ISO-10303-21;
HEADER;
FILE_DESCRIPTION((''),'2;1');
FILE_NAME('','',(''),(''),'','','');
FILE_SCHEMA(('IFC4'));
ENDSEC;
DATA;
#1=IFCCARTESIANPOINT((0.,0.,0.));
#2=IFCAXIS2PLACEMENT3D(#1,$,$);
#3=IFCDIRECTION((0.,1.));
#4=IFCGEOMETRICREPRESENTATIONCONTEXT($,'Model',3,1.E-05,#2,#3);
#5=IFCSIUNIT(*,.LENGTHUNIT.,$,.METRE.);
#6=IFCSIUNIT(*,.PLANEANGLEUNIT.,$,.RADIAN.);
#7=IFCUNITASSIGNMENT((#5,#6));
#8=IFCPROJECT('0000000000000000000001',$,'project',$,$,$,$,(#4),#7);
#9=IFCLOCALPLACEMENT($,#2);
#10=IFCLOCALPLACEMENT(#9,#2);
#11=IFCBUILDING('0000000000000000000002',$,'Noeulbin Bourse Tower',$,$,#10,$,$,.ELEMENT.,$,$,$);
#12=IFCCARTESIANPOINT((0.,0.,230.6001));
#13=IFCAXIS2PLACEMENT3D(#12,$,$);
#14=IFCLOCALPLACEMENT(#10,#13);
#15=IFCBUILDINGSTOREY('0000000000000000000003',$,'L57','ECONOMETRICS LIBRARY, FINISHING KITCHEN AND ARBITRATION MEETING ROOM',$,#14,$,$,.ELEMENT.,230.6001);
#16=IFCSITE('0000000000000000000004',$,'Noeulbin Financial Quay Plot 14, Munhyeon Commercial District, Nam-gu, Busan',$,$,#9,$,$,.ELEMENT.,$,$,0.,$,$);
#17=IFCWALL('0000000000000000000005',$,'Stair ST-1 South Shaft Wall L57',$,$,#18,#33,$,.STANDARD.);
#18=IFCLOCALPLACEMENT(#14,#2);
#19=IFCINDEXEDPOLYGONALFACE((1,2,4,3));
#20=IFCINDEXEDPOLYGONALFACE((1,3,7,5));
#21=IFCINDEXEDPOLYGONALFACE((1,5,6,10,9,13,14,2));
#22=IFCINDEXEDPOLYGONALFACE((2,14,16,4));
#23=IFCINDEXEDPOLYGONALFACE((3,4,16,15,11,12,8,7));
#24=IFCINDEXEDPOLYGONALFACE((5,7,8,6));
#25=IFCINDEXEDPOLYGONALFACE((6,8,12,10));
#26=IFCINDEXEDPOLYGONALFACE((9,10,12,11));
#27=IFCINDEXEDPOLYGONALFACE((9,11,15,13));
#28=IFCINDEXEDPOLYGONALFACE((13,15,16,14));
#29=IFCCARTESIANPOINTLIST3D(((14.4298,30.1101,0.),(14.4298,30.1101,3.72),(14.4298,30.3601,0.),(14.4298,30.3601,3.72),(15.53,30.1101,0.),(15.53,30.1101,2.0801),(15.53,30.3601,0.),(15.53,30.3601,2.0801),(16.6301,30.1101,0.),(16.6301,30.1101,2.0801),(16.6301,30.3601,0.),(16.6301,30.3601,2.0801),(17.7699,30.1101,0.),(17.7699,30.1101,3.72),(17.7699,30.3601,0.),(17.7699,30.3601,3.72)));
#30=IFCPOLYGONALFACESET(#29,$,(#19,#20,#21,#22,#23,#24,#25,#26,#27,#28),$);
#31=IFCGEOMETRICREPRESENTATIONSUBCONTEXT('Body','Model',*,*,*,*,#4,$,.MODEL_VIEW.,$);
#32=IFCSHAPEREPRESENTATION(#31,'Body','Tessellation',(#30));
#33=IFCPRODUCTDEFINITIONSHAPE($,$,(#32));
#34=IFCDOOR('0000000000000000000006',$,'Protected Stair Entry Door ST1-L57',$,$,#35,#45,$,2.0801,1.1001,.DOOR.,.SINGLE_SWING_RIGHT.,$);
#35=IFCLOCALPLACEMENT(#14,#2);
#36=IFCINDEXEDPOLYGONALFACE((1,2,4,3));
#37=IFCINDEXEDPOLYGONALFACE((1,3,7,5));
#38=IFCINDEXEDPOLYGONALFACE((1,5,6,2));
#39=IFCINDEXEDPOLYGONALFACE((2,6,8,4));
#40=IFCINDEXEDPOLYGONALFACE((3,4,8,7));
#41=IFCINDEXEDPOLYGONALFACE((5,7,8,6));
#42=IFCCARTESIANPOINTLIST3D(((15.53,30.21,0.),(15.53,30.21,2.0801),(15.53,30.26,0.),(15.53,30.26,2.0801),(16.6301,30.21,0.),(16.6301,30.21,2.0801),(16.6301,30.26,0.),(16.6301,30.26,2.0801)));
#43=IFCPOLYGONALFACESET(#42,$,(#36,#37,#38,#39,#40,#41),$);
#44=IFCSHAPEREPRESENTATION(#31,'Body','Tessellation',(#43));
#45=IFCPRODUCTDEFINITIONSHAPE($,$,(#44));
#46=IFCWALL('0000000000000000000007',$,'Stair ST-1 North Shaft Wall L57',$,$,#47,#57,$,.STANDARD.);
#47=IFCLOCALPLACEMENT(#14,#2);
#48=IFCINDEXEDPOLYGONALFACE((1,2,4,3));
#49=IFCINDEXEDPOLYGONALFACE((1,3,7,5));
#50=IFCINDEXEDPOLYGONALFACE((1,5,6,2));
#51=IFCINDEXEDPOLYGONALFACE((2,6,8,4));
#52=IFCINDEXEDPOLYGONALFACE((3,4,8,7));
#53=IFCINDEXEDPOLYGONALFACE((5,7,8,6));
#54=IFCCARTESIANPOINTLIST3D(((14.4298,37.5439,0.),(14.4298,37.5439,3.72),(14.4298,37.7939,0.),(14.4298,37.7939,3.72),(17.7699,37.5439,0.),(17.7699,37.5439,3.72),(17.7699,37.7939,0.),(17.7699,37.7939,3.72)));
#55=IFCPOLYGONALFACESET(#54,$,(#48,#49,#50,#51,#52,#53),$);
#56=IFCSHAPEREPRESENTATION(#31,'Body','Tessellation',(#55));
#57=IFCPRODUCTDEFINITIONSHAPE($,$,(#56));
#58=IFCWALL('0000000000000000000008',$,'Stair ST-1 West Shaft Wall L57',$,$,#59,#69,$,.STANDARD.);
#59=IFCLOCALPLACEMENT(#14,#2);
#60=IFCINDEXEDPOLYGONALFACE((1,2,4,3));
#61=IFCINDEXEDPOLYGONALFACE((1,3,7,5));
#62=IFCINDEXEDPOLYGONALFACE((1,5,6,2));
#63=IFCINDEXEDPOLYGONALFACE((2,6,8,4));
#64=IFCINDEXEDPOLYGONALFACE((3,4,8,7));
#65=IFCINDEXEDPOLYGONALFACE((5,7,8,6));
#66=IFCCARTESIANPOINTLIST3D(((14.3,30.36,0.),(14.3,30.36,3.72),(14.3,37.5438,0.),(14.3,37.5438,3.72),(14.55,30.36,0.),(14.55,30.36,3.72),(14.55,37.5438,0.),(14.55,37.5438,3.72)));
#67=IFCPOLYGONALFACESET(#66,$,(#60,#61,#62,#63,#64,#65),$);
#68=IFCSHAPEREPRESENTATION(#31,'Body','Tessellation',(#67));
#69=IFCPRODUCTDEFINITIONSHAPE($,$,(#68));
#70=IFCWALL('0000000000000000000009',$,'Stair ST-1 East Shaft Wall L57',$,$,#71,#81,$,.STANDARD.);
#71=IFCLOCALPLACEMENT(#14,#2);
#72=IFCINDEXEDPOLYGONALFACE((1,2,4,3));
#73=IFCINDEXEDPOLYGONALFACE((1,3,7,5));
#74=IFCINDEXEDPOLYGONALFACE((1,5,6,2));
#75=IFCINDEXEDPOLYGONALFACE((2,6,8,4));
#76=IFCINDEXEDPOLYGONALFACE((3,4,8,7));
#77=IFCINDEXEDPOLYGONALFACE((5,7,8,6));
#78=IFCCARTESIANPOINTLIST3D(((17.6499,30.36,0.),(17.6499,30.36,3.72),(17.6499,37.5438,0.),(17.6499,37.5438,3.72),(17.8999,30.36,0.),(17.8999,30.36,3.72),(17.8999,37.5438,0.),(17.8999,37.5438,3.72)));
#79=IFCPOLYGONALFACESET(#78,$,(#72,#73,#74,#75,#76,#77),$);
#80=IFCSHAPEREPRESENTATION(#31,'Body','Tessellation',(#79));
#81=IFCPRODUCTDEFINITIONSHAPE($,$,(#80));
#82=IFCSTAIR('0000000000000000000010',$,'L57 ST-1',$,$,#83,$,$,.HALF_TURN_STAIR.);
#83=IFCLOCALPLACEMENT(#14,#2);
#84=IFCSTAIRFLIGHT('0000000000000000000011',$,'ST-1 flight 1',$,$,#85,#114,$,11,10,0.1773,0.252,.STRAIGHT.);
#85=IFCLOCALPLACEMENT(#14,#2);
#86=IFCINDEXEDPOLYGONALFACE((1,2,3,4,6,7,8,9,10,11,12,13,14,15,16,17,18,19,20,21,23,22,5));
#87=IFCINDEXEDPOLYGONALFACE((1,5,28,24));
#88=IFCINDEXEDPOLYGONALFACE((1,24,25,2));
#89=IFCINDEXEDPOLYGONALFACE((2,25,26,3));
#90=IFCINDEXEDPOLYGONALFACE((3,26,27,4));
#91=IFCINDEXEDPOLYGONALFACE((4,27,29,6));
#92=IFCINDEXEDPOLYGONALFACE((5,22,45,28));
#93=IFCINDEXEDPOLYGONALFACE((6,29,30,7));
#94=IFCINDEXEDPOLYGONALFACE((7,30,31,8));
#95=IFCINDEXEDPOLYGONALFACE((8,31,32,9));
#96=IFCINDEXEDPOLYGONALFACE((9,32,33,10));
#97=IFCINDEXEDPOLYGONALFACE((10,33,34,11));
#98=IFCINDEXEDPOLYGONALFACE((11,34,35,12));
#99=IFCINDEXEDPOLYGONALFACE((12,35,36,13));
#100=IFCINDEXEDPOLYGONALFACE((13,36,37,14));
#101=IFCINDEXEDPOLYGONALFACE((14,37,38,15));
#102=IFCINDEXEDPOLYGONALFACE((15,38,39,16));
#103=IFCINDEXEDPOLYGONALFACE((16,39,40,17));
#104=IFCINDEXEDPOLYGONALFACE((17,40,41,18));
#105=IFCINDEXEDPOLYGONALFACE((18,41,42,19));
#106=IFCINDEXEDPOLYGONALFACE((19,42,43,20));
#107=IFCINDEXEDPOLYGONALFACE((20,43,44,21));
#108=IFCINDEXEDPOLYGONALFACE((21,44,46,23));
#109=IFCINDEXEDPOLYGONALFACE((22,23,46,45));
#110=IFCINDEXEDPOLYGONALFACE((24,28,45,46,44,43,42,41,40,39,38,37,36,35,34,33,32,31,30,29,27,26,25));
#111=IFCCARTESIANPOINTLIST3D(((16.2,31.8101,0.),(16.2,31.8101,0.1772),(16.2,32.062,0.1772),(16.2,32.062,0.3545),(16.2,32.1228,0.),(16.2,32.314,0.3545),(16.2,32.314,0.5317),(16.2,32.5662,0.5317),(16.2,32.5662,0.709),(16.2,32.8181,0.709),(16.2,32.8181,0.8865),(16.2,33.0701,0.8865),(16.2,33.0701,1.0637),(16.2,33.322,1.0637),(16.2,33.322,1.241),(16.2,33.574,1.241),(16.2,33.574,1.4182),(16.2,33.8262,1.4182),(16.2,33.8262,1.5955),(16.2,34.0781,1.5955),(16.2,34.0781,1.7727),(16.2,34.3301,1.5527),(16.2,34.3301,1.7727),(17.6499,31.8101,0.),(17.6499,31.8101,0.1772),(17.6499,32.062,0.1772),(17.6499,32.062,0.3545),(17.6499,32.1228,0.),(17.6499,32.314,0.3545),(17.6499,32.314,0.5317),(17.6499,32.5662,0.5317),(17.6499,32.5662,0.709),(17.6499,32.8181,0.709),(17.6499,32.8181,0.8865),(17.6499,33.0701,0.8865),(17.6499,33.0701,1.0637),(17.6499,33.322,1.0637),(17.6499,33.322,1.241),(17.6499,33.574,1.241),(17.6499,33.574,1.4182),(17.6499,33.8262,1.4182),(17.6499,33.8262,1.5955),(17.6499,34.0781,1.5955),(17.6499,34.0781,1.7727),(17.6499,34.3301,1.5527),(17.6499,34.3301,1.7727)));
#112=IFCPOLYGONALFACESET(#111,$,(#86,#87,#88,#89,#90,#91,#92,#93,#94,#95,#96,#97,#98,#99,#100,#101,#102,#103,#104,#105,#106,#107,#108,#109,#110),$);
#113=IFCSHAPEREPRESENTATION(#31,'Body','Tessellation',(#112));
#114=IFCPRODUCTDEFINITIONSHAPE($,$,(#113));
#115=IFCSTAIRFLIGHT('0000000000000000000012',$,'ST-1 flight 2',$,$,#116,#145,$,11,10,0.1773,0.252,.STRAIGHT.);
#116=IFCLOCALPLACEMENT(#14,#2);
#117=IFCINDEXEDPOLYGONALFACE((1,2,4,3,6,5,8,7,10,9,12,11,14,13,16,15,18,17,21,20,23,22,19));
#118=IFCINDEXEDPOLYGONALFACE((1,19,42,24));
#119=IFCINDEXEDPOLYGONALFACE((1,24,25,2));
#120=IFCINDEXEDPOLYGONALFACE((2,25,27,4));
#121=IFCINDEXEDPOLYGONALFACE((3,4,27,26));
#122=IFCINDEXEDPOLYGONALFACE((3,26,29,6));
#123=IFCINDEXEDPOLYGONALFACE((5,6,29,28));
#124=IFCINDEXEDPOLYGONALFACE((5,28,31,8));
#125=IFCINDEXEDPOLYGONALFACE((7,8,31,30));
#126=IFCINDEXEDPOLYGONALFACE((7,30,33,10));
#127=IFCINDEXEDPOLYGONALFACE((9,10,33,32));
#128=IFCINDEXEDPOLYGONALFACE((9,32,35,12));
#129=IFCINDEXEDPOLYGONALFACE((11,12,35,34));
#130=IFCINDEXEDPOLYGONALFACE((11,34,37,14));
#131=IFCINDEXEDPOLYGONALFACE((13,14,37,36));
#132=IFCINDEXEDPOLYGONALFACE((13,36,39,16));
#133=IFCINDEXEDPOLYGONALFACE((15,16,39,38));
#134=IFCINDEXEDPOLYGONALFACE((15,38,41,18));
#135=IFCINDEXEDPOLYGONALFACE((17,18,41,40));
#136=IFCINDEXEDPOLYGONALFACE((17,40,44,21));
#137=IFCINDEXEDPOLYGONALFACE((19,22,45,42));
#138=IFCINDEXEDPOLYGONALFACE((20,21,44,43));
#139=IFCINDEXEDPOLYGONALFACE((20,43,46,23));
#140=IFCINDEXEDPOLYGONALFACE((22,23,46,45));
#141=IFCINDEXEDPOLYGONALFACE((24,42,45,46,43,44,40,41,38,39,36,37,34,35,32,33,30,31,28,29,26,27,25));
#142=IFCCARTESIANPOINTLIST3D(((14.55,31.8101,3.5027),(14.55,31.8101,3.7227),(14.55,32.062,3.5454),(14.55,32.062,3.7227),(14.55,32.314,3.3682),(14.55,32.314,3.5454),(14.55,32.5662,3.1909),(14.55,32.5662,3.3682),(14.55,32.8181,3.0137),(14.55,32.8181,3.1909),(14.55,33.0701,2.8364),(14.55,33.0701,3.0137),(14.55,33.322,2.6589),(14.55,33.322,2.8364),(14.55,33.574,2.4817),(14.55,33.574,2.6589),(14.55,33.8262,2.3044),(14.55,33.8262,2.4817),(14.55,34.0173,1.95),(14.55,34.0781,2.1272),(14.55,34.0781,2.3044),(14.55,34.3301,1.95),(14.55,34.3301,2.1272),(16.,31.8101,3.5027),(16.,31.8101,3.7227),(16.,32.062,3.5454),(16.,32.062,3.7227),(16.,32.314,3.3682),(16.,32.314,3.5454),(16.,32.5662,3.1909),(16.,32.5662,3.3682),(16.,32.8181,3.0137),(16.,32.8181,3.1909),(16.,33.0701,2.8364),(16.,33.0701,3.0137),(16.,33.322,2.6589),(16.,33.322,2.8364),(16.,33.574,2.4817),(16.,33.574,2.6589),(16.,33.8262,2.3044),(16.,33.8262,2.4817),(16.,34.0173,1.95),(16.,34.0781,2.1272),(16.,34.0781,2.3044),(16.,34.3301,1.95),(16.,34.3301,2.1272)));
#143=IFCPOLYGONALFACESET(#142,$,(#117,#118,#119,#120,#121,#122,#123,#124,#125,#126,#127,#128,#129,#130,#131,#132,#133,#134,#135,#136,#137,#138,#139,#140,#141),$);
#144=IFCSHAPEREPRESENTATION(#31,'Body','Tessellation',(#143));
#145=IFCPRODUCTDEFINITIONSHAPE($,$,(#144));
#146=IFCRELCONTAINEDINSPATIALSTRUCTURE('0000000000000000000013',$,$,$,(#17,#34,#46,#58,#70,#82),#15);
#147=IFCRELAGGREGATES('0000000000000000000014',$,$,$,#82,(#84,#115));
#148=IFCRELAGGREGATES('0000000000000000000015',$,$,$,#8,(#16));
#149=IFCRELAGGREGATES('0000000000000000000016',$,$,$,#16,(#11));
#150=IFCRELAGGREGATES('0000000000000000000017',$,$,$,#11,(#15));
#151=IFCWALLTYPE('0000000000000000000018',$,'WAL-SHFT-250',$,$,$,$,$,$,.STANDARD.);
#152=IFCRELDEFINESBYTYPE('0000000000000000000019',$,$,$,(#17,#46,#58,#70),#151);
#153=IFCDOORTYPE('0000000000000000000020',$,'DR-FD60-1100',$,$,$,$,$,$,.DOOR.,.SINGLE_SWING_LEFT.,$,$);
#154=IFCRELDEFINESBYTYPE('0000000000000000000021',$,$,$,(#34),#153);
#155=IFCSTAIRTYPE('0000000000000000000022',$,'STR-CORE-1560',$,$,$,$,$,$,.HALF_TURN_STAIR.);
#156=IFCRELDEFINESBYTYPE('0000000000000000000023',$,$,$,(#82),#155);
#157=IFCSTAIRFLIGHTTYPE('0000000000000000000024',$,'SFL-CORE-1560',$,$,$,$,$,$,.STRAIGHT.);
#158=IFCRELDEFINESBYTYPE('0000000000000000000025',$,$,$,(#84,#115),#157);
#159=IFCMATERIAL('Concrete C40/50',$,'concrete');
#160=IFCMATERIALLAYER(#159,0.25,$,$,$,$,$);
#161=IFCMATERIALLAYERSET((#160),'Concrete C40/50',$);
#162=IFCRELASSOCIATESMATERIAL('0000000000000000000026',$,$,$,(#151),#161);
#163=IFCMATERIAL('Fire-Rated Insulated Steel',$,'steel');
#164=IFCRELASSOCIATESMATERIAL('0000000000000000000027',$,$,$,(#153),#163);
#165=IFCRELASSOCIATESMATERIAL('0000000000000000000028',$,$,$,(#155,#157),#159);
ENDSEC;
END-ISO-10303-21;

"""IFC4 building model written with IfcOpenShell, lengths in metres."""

from ifc_helpers import new_model, si_unit, direction, frame, frame_2d, origin, place, context, subcontext, project, spatial, polyline, rectangle, outline, extrude, material, layer, layer_set, type_object, element, fill, aggregate, save


model = new_model("IFC4")

# Units and contexts
model_context = context("Model", 3, precision=1e-05, world=origin(), true_north=direction((0.0, 1.0)))
body_context = subcontext(model_context, "Body", "Model", "MODEL_VIEW")
ifc_project = project(units=[si_unit("LENGTHUNIT", "METRE"), si_unit("PLANEANGLEUNIT", "RADIAN")], contexts=[model_context])

# Site, building, storey
site_placement = place(None, origin())
site = spatial("IfcSite", under=ifc_project, at=site_placement, Name="Noeulbin Financial Quay Plot 14, Munhyeon Commercial District, Nam-gu, Busan", CompositionType="ELEMENT", RefElevation=0.0)
building_placement = place(site_placement, origin())
building = spatial("IfcBuilding", under=site, at=building_placement, Name="Noeulbin Bourse Tower", CompositionType="ELEMENT")
storey_placement = place(building_placement, frame((0.0, 0.0, 230.6001)))
storey = spatial("IfcBuildingStorey", under=building, at=storey_placement, Name="L57", Description="ECONOMETRICS LIBRARY, FINISHING KITCHEN AND ARBITRATION MEETING ROOM", CompositionType="ELEMENT", Elevation=230.6001)

# Wall, opening, door
ifc_material_1 = material(Name="Concrete C40/50", Category="concrete")
ifc_layer_1 = layer(ifc_material_1, 0.25)
ifc_layer_set_1 = layer_set([ifc_layer_1], Name="Concrete C40/50")
wall_type_1 = type_object("IfcWallType", Name="WAL-SHFT-250", PredefinedType="STANDARD", material=ifc_layer_set_1)
wall_1_placement = place(storey_placement, frame((14.4299, 30.2351, 0.0), z_axis=(0.0, 0.0, 1.0), x_axis=(1.0, 0.0, 0.0)))
wall_1 = element("IfcWall", 1, at=wall_1_placement, inside=storey, type_object=wall_type_1, Name="Stair ST-1 South Shaft Wall L57", PredefinedType="STANDARD", context=body_context, shape_type="SweptSolid", body=[
    extrude(rectangle(XDim=3.3401, YDim=0.25, at=frame_2d((1.6699, 0.0))), origin(), (0.0, 0.0, 1.0), 3.72),
])
opening_placement = place(wall_1_placement, frame((1.1001, 0.0, 0.0)))
opening = element("IfcOpeningElement", 2, at=opening_placement, cuts=wall_1, PredefinedType="OPENING", context=body_context, shape_type="SweptSolid", body=[
    extrude(rectangle(XDim=1.1001, YDim=2.0801, at=frame_2d((0.55, 1.04))), frame((0.0, 0.135, 0.0), z_axis=(0.0, -1.0, 0.0), x_axis=(1.0, 0.0, 0.0)), (0.0, 0.0, 1.0), 0.27),
])
ifc_material_2 = material(Name="Fire-Rated Insulated Steel", Category="steel")
door_type = type_object("IfcDoorType", Name="DR-FD60-1100", OperationType="SINGLE_SWING_LEFT", PredefinedType="DOOR", material=ifc_material_2)
door_placement = place(opening_placement, origin())
door = element("IfcDoor", 3, at=door_placement, inside=storey, type_object=door_type, Name="Protected Stair Entry Door ST1-L57", OperationType="SINGLE_SWING_RIGHT", OverallHeight=2.0801, OverallWidth=1.1001, PredefinedType="DOOR", context=body_context, shape_type="SweptSolid", body=[
    extrude(rectangle(XDim=1.1001, YDim=2.0801, at=frame_2d((0.55, 1.04))), frame((0.0, 0.0249, 0.0), z_axis=(0.0, -1.0, 0.0), x_axis=(1.0, 0.0, 0.0)), (0.0, 0.0, 1.0), 0.05),
])
fill(opening, door)

# Walls
wall_2_placement = place(storey_placement, frame((14.4299, 37.6689, 0.0), z_axis=(0.0, 0.0, 1.0), x_axis=(1.0, 0.0, 0.0)))
element("IfcWall", 4, at=wall_2_placement, inside=storey, type_object=wall_type_1, Name="Stair ST-1 North Shaft Wall L57", PredefinedType="STANDARD", context=body_context, shape_type="SweptSolid", body=[
    extrude(rectangle(XDim=3.3401, YDim=0.25, at=frame_2d((1.6699, 0.0))), origin(), (0.0, 0.0, 1.0), 3.72),
])
for number, where, z_axis, x_axis, name in (
    (5, (14.425, 30.3601, 0.0), (0.0, 0.0, 1.0), (0.0, 1.0, 0.0), "Stair ST-1 West Shaft Wall L57"),
    (6, (17.7749, 30.3601, 0.0), (0.0, 0.0, 1.0), (0.0, 1.0, 0.0), "Stair ST-1 East Shaft Wall L57"),
):
    element("IfcWall", number, at=place(storey_placement, frame(where, z_axis=z_axis, x_axis=x_axis)), inside=storey, type_object=wall_type_1, Name=name, PredefinedType="STANDARD", context=body_context, shape_type="SweptSolid", body=[
        extrude(rectangle(XDim=7.1838, YDim=0.25, at=frame_2d((3.5918, 0.0))), origin(), (0.0, 0.0, 1.0), 3.72),
    ])

# Stair, stair flights
stair_type = type_object("IfcStairType", Name="STR-CORE-1560", PredefinedType="HALF_TURN_STAIR", material=ifc_material_1)
stair_placement = place(storey_placement, origin())
stair = element("IfcStair", 7, at=stair_placement, inside=storey, type_object=stair_type, Name="L57 ST-1", PredefinedType="HALF_TURN_STAIR")
stair_flight_type = type_object("IfcStairFlightType", Name="SFL-CORE-1560", PredefinedType="STRAIGHT", material=ifc_material_1)
stair_flight_1_placement = place(storey_placement, frame((16.925, 31.8101, 0.0), z_axis=(0.0, 0.0, 1.0), x_axis=(0.0, 1.0, 0.0)))
stair_flight_1 = element("IfcStairFlight", 8, at=stair_flight_1_placement, type_object=stair_flight_type, Name="ST-1 flight 1", NumberOfRisers=11, NumberOfTreads=10, PredefinedType="STRAIGHT", RiserHeight=0.1773, TreadLength=0.252, context=body_context, shape_type="SweptSolid", body=[
    extrude(outline(polyline([(0.0, 0.0), (0.0, 0.1772), (0.252, 0.1772), (0.252, 0.3545), (0.5039, 0.3545), (0.5039, 0.5317), (0.7561, 0.5317), (0.7561, 0.709), (1.0081, 0.709), (1.0081, 0.8865), (1.26, 0.8865), (1.26, 1.0637), (1.512, 1.0637), (1.512, 1.241), (1.7639, 1.241), (1.7639, 1.4182), (2.0161, 1.4182), (2.0161, 1.5955), (2.2681, 1.5955), (2.2681, 1.7727), (2.52, 1.7727), (2.52, 1.95), (2.52, 1.5527), (0.3127, 0.0), (0.0, 0.0)])), frame((0.0, 0.7251, 0.0), z_axis=(0.0, -1.0, 0.0), x_axis=(1.0, 0.0, 0.0)), (0.0, 0.0, 1.0), 1.45),
])
stair_flight_2_placement = place(storey_placement, frame((15.2749, 34.3301, 1.95), z_axis=(0.0, 0.0, 1.0), x_axis=(0.0, -1.0, 0.0)))
stair_flight_2 = element("IfcStairFlight", 9, at=stair_flight_2_placement, type_object=stair_flight_type, Name="ST-1 flight 2", NumberOfRisers=11, NumberOfTreads=10, PredefinedType="STRAIGHT", RiserHeight=0.1773, TreadLength=0.252, context=body_context, shape_type="SweptSolid", body=[
    extrude(outline(polyline([(0.0, 0.0), (0.0, 0.1772), (0.252, 0.1772), (0.252, 0.3545), (0.5039, 0.3545), (0.5039, 0.5317), (0.7561, 0.5317), (0.7561, 0.709), (1.0081, 0.709), (1.0081, 0.8865), (1.26, 0.8865), (1.26, 1.0637), (1.512, 1.0637), (1.512, 1.241), (1.7639, 1.241), (1.7639, 1.4182), (2.0161, 1.4182), (2.0161, 1.5955), (2.2681, 1.5955), (2.2681, 1.7727), (2.52, 1.7727), (2.52, 1.95), (2.52, 1.5527), (0.3127, 0.0), (0.0, 0.0)])), frame((0.0, 0.7251, 0.0), z_axis=(0.0, -1.0, 0.0), x_axis=(1.0, 0.0, 0.0)), (0.0, 0.0, 1.0), 1.45),
])
aggregate(stair, [stair_flight_1, stair_flight_2])

save(model, "model.ifc")
